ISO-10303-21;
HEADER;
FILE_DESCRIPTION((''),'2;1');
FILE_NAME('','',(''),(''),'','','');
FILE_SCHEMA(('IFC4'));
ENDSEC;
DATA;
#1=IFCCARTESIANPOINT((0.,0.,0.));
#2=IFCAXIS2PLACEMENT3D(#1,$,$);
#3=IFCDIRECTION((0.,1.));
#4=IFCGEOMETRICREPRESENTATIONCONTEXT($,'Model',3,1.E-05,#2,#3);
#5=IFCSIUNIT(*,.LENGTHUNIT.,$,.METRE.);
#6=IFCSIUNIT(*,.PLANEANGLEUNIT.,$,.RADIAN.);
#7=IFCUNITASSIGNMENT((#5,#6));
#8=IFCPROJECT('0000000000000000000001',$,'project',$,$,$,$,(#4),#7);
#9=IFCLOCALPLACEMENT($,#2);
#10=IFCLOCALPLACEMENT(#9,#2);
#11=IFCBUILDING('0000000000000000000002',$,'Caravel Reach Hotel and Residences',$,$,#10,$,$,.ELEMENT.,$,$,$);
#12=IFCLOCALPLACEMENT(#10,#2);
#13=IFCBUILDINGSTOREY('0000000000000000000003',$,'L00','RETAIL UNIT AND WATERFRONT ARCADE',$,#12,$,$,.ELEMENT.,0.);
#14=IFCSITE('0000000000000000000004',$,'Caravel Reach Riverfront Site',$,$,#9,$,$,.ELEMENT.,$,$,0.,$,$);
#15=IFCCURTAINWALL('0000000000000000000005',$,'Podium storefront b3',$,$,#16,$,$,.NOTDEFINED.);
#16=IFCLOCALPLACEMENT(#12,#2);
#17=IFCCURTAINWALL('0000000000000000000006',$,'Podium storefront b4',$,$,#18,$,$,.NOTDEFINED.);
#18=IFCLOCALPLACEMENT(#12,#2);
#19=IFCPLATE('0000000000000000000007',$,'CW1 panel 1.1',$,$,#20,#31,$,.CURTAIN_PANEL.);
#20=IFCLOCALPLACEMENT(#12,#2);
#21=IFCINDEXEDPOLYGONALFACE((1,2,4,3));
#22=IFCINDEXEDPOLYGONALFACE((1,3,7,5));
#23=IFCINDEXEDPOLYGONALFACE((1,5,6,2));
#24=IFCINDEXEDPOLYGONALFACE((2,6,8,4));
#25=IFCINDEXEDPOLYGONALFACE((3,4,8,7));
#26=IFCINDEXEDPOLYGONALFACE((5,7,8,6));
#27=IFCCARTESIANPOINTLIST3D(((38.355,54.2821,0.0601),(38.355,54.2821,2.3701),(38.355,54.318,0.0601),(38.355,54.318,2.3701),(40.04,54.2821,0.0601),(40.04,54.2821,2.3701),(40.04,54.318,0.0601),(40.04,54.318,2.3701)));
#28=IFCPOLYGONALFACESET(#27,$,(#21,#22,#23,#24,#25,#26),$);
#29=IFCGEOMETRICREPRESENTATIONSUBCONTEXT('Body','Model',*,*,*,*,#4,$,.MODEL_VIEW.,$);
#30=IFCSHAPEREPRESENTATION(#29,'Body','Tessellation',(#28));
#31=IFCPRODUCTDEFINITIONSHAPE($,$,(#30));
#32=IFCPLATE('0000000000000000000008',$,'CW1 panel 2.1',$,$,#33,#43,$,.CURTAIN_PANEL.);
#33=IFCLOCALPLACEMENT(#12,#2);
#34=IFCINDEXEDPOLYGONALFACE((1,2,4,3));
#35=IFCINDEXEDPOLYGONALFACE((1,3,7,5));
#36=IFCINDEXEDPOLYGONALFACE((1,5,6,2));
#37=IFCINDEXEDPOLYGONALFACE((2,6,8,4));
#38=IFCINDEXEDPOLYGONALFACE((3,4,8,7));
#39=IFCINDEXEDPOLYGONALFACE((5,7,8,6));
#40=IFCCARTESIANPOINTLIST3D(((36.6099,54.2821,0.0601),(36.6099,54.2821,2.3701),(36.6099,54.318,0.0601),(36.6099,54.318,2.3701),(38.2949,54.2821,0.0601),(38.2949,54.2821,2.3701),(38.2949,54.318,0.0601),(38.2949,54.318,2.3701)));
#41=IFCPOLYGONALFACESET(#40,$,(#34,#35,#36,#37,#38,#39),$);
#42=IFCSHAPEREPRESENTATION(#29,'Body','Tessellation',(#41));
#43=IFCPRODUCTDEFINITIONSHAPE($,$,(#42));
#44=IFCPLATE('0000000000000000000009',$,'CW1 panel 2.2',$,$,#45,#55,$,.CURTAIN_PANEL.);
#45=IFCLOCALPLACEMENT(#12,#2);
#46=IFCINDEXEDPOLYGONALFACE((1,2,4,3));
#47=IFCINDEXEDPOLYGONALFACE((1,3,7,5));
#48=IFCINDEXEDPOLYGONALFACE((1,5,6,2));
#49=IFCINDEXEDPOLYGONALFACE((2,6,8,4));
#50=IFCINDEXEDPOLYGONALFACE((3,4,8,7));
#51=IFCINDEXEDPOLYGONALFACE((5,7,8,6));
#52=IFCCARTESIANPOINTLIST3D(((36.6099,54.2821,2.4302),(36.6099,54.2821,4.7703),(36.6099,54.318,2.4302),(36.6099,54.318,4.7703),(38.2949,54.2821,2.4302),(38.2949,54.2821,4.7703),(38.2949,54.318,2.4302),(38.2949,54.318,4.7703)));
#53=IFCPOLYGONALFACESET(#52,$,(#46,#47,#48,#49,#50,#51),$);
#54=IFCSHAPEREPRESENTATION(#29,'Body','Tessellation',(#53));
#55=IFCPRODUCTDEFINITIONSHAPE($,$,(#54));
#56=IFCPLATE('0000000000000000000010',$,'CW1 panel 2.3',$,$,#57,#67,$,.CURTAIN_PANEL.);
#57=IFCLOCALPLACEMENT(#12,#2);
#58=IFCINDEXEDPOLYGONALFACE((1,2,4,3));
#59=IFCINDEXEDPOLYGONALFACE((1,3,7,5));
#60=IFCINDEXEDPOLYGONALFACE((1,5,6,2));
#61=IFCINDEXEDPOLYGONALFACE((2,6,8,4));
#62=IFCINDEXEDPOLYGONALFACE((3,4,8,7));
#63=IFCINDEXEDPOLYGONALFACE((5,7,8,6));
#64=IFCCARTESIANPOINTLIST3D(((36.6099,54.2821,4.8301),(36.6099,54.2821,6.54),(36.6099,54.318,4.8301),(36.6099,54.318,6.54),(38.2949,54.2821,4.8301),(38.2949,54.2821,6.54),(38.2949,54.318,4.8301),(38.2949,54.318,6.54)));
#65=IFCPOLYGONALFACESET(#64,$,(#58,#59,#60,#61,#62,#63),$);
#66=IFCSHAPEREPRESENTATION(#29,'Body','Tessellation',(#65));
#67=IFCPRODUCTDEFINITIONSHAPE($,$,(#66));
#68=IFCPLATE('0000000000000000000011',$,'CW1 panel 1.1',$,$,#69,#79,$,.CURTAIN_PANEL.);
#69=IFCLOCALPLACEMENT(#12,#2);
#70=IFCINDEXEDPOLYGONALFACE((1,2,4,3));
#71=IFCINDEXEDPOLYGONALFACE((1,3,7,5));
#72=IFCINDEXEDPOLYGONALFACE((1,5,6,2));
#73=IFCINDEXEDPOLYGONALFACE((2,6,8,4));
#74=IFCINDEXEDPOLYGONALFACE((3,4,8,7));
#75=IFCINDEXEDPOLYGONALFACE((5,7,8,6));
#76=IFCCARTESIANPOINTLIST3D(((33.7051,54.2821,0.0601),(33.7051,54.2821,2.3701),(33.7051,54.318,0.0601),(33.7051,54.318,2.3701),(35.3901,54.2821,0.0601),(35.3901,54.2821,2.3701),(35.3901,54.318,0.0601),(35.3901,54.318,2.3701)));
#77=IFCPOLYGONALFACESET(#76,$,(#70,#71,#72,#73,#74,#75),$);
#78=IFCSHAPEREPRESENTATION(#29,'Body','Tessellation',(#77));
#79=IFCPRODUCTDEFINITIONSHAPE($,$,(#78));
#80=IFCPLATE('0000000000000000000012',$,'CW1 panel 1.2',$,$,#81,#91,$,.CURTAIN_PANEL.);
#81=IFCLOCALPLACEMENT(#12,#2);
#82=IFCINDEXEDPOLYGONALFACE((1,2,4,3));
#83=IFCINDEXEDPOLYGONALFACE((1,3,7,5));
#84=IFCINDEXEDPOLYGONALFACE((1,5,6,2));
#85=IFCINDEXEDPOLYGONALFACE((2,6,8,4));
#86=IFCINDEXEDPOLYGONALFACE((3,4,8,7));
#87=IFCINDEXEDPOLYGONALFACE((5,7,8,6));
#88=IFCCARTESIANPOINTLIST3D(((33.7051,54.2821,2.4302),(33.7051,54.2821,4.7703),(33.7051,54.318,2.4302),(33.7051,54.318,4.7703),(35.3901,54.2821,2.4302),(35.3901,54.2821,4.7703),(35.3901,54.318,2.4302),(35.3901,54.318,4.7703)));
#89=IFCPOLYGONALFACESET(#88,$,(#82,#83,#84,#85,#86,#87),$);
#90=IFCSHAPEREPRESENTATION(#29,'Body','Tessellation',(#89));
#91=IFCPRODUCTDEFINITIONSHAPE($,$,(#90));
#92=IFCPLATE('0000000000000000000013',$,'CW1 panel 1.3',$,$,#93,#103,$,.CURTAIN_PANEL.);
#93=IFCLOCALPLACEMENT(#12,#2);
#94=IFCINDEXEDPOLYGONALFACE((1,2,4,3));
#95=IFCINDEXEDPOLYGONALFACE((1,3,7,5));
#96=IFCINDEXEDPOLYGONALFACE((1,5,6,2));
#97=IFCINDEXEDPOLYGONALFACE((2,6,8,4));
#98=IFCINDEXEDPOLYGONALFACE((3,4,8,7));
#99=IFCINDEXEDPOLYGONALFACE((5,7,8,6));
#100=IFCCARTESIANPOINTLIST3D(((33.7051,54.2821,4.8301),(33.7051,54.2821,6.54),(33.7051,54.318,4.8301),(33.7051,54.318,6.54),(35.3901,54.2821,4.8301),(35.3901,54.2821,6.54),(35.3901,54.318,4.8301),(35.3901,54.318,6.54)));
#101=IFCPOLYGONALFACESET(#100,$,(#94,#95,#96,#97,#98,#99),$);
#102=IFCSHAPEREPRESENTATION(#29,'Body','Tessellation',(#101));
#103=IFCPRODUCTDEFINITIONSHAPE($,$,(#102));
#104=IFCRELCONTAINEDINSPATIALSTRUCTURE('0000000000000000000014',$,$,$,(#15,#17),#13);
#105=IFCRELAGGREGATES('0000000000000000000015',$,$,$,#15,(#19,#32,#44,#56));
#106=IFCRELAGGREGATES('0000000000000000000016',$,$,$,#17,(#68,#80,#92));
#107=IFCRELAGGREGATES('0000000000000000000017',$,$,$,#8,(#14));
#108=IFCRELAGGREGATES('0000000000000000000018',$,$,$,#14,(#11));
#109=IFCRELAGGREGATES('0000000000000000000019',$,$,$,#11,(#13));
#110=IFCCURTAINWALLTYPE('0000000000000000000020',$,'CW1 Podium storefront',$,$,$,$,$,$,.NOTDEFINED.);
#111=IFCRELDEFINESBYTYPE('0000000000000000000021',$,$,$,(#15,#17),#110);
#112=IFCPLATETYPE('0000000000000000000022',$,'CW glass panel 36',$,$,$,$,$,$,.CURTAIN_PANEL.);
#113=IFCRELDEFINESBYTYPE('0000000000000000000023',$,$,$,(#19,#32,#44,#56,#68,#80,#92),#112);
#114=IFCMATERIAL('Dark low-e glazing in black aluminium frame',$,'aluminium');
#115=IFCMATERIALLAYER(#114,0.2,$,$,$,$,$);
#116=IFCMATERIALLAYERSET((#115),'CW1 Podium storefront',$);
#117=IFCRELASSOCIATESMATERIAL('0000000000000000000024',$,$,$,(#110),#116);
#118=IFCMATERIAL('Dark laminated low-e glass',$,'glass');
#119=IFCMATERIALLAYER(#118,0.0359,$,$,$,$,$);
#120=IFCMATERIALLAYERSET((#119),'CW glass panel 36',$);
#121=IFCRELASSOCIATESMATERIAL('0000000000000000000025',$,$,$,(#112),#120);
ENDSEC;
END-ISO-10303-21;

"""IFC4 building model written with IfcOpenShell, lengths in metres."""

from ifc_helpers import new_model, si_unit, direction, frame, origin, origin_2d, place, context, subcontext, project, spatial, rectangle, extrude, material, layer, layer_set, type_object, element, aggregate, save


model = new_model("IFC4")

# Units and contexts
model_context = context("Model", 3, precision=1e-05, world=origin(), true_north=direction((0.0, 1.0)))
body_context = subcontext(model_context, "Body", "Model", "MODEL_VIEW")
ifc_project = project(units=[si_unit("LENGTHUNIT", "METRE"), si_unit("PLANEANGLEUNIT", "RADIAN")], contexts=[model_context])

# Site, building, storey
site_placement = place(None, origin())
site = spatial("IfcSite", under=ifc_project, at=site_placement, Name="Caravel Reach Riverfront Site", CompositionType="ELEMENT", RefElevation=0.0)
building_placement = place(site_placement, origin())
building = spatial("IfcBuilding", under=site, at=building_placement, Name="Caravel Reach Hotel and Residences", CompositionType="ELEMENT")
storey_placement = place(building_placement, origin())
storey = spatial("IfcBuildingStorey", under=building, at=storey_placement, Name="L00", Description="RETAIL UNIT AND WATERFRONT ARCADE", CompositionType="ELEMENT", Elevation=0.0)

# Curtain walls
ifc_material_1 = material(Name="Dark low-e glazing in black aluminium frame", Category="aluminium")
ifc_layer_1 = layer(ifc_material_1, 0.2)
ifc_layer_set_1 = layer_set([ifc_layer_1], Name="CW1 Podium storefront")
curtain_wall_type = type_object("IfcCurtainWallType", Name="CW1 Podium storefront", PredefinedType="NOTDEFINED", material=ifc_layer_set_1)
curtain_wall_1_placement = place(storey_placement, origin())
curtain_wall_1 = element("IfcCurtainWall", 1, at=curtain_wall_1_placement, inside=storey, type_object=curtain_wall_type, Name="Podium storefront b3", PredefinedType="NOTDEFINED")
curtain_wall_2_placement = place(storey_placement, origin())
curtain_wall_2 = element("IfcCurtainWall", 2, at=curtain_wall_2_placement, inside=storey, type_object=curtain_wall_type, Name="Podium storefront b4", PredefinedType="NOTDEFINED")

# Plates
ifc_material_2 = material(Name="Dark laminated low-e glass", Category="glass")
ifc_layer_2 = layer(ifc_material_2, 0.0359)
ifc_layer_set_2 = layer_set([ifc_layer_2], Name="CW glass panel 36")
plate_type = type_object("IfcPlateType", Name="CW glass panel 36", PredefinedType="CURTAIN_PANEL", material=ifc_layer_set_2)
plate_1_placement = place(storey_placement, frame((39.1975, 54.3, 0.0601), z_axis=(0.0, 0.0, 1.0), x_axis=(-1.0, 0.0, 0.0)))
plate_1 = element("IfcPlate", 3, at=plate_1_placement, type_object=plate_type, Name="CW1 panel 1.1", PredefinedType="CURTAIN_PANEL", context=body_context, shape_type="SweptSolid", body=[
    extrude(rectangle(XDim=1.6851, YDim=0.0359, at=origin_2d()), origin(), (0.0, 0.0, 1.0), 2.3101),
])
plate_2_placement = place(storey_placement, frame((37.4524, 54.3, 0.0601), z_axis=(0.0, 0.0, 1.0), x_axis=(-1.0, 0.0, 0.0)))
plate_2 = element("IfcPlate", 4, at=plate_2_placement, type_object=plate_type, Name="CW1 panel 2.1", PredefinedType="CURTAIN_PANEL", context=body_context, shape_type="SweptSolid", body=[
    extrude(rectangle(XDim=1.6851, YDim=0.0359, at=origin_2d()), origin(), (0.0, 0.0, 1.0), 2.3101),
])
plate_3_placement = place(storey_placement, frame((37.4524, 54.3, 2.4302), z_axis=(0.0, 0.0, 1.0), x_axis=(-1.0, 0.0, 0.0)))
plate_3 = element("IfcPlate", 5, at=plate_3_placement, type_object=plate_type, Name="CW1 panel 2.2", PredefinedType="CURTAIN_PANEL", context=body_context, shape_type="SweptSolid", body=[
    extrude(rectangle(XDim=1.6851, YDim=0.0359, at=origin_2d()), origin(), (0.0, 0.0, 1.0), 2.3401),
])
plate_4_placement = place(storey_placement, frame((37.4524, 54.3, 4.8301), z_axis=(0.0, 0.0, 1.0), x_axis=(-1.0, 0.0, 0.0)))
plate_4 = element("IfcPlate", 6, at=plate_4_placement, type_object=plate_type, Name="CW1 panel 2.3", PredefinedType="CURTAIN_PANEL", context=body_context, shape_type="SweptSolid", body=[
    extrude(rectangle(XDim=1.6851, YDim=0.0359, at=origin_2d()), origin(), (0.0, 0.0, 1.0), 1.71),
])
aggregate(curtain_wall_1, [plate_1, plate_2, plate_3, plate_4])
plate_5_placement = place(storey_placement, frame((34.5476, 54.3, 0.0601), z_axis=(0.0, 0.0, 1.0), x_axis=(-1.0, 0.0, 0.0)))
plate_5 = element("IfcPlate", 7, at=plate_5_placement, type_object=plate_type, Name="CW1 panel 1.1", PredefinedType="CURTAIN_PANEL", context=body_context, shape_type="SweptSolid", body=[
    extrude(rectangle(XDim=1.6851, YDim=0.0359, at=origin_2d()), origin(), (0.0, 0.0, 1.0), 2.3101),
])
plate_6_placement = place(storey_placement, frame((34.5476, 54.3, 2.4302), z_axis=(0.0, 0.0, 1.0), x_axis=(-1.0, 0.0, 0.0)))
plate_6 = element("IfcPlate", 8, at=plate_6_placement, type_object=plate_type, Name="CW1 panel 1.2", PredefinedType="CURTAIN_PANEL", context=body_context, shape_type="SweptSolid", body=[
    extrude(rectangle(XDim=1.6851, YDim=0.0359, at=origin_2d()), origin(), (0.0, 0.0, 1.0), 2.3401),
])
plate_7_placement = place(storey_placement, frame((34.5476, 54.3, 4.8301), z_axis=(0.0, 0.0, 1.0), x_axis=(-1.0, 0.0, 0.0)))
plate_7 = element("IfcPlate", 9, at=plate_7_placement, type_object=plate_type, Name="CW1 panel 1.3", PredefinedType="CURTAIN_PANEL", context=body_context, shape_type="SweptSolid", body=[
    extrude(rectangle(XDim=1.6851, YDim=0.0359, at=origin_2d()), origin(), (0.0, 0.0, 1.0), 1.71),
])
aggregate(curtain_wall_2, [plate_5, plate_6, plate_7])

save(model, "model.ifc")
